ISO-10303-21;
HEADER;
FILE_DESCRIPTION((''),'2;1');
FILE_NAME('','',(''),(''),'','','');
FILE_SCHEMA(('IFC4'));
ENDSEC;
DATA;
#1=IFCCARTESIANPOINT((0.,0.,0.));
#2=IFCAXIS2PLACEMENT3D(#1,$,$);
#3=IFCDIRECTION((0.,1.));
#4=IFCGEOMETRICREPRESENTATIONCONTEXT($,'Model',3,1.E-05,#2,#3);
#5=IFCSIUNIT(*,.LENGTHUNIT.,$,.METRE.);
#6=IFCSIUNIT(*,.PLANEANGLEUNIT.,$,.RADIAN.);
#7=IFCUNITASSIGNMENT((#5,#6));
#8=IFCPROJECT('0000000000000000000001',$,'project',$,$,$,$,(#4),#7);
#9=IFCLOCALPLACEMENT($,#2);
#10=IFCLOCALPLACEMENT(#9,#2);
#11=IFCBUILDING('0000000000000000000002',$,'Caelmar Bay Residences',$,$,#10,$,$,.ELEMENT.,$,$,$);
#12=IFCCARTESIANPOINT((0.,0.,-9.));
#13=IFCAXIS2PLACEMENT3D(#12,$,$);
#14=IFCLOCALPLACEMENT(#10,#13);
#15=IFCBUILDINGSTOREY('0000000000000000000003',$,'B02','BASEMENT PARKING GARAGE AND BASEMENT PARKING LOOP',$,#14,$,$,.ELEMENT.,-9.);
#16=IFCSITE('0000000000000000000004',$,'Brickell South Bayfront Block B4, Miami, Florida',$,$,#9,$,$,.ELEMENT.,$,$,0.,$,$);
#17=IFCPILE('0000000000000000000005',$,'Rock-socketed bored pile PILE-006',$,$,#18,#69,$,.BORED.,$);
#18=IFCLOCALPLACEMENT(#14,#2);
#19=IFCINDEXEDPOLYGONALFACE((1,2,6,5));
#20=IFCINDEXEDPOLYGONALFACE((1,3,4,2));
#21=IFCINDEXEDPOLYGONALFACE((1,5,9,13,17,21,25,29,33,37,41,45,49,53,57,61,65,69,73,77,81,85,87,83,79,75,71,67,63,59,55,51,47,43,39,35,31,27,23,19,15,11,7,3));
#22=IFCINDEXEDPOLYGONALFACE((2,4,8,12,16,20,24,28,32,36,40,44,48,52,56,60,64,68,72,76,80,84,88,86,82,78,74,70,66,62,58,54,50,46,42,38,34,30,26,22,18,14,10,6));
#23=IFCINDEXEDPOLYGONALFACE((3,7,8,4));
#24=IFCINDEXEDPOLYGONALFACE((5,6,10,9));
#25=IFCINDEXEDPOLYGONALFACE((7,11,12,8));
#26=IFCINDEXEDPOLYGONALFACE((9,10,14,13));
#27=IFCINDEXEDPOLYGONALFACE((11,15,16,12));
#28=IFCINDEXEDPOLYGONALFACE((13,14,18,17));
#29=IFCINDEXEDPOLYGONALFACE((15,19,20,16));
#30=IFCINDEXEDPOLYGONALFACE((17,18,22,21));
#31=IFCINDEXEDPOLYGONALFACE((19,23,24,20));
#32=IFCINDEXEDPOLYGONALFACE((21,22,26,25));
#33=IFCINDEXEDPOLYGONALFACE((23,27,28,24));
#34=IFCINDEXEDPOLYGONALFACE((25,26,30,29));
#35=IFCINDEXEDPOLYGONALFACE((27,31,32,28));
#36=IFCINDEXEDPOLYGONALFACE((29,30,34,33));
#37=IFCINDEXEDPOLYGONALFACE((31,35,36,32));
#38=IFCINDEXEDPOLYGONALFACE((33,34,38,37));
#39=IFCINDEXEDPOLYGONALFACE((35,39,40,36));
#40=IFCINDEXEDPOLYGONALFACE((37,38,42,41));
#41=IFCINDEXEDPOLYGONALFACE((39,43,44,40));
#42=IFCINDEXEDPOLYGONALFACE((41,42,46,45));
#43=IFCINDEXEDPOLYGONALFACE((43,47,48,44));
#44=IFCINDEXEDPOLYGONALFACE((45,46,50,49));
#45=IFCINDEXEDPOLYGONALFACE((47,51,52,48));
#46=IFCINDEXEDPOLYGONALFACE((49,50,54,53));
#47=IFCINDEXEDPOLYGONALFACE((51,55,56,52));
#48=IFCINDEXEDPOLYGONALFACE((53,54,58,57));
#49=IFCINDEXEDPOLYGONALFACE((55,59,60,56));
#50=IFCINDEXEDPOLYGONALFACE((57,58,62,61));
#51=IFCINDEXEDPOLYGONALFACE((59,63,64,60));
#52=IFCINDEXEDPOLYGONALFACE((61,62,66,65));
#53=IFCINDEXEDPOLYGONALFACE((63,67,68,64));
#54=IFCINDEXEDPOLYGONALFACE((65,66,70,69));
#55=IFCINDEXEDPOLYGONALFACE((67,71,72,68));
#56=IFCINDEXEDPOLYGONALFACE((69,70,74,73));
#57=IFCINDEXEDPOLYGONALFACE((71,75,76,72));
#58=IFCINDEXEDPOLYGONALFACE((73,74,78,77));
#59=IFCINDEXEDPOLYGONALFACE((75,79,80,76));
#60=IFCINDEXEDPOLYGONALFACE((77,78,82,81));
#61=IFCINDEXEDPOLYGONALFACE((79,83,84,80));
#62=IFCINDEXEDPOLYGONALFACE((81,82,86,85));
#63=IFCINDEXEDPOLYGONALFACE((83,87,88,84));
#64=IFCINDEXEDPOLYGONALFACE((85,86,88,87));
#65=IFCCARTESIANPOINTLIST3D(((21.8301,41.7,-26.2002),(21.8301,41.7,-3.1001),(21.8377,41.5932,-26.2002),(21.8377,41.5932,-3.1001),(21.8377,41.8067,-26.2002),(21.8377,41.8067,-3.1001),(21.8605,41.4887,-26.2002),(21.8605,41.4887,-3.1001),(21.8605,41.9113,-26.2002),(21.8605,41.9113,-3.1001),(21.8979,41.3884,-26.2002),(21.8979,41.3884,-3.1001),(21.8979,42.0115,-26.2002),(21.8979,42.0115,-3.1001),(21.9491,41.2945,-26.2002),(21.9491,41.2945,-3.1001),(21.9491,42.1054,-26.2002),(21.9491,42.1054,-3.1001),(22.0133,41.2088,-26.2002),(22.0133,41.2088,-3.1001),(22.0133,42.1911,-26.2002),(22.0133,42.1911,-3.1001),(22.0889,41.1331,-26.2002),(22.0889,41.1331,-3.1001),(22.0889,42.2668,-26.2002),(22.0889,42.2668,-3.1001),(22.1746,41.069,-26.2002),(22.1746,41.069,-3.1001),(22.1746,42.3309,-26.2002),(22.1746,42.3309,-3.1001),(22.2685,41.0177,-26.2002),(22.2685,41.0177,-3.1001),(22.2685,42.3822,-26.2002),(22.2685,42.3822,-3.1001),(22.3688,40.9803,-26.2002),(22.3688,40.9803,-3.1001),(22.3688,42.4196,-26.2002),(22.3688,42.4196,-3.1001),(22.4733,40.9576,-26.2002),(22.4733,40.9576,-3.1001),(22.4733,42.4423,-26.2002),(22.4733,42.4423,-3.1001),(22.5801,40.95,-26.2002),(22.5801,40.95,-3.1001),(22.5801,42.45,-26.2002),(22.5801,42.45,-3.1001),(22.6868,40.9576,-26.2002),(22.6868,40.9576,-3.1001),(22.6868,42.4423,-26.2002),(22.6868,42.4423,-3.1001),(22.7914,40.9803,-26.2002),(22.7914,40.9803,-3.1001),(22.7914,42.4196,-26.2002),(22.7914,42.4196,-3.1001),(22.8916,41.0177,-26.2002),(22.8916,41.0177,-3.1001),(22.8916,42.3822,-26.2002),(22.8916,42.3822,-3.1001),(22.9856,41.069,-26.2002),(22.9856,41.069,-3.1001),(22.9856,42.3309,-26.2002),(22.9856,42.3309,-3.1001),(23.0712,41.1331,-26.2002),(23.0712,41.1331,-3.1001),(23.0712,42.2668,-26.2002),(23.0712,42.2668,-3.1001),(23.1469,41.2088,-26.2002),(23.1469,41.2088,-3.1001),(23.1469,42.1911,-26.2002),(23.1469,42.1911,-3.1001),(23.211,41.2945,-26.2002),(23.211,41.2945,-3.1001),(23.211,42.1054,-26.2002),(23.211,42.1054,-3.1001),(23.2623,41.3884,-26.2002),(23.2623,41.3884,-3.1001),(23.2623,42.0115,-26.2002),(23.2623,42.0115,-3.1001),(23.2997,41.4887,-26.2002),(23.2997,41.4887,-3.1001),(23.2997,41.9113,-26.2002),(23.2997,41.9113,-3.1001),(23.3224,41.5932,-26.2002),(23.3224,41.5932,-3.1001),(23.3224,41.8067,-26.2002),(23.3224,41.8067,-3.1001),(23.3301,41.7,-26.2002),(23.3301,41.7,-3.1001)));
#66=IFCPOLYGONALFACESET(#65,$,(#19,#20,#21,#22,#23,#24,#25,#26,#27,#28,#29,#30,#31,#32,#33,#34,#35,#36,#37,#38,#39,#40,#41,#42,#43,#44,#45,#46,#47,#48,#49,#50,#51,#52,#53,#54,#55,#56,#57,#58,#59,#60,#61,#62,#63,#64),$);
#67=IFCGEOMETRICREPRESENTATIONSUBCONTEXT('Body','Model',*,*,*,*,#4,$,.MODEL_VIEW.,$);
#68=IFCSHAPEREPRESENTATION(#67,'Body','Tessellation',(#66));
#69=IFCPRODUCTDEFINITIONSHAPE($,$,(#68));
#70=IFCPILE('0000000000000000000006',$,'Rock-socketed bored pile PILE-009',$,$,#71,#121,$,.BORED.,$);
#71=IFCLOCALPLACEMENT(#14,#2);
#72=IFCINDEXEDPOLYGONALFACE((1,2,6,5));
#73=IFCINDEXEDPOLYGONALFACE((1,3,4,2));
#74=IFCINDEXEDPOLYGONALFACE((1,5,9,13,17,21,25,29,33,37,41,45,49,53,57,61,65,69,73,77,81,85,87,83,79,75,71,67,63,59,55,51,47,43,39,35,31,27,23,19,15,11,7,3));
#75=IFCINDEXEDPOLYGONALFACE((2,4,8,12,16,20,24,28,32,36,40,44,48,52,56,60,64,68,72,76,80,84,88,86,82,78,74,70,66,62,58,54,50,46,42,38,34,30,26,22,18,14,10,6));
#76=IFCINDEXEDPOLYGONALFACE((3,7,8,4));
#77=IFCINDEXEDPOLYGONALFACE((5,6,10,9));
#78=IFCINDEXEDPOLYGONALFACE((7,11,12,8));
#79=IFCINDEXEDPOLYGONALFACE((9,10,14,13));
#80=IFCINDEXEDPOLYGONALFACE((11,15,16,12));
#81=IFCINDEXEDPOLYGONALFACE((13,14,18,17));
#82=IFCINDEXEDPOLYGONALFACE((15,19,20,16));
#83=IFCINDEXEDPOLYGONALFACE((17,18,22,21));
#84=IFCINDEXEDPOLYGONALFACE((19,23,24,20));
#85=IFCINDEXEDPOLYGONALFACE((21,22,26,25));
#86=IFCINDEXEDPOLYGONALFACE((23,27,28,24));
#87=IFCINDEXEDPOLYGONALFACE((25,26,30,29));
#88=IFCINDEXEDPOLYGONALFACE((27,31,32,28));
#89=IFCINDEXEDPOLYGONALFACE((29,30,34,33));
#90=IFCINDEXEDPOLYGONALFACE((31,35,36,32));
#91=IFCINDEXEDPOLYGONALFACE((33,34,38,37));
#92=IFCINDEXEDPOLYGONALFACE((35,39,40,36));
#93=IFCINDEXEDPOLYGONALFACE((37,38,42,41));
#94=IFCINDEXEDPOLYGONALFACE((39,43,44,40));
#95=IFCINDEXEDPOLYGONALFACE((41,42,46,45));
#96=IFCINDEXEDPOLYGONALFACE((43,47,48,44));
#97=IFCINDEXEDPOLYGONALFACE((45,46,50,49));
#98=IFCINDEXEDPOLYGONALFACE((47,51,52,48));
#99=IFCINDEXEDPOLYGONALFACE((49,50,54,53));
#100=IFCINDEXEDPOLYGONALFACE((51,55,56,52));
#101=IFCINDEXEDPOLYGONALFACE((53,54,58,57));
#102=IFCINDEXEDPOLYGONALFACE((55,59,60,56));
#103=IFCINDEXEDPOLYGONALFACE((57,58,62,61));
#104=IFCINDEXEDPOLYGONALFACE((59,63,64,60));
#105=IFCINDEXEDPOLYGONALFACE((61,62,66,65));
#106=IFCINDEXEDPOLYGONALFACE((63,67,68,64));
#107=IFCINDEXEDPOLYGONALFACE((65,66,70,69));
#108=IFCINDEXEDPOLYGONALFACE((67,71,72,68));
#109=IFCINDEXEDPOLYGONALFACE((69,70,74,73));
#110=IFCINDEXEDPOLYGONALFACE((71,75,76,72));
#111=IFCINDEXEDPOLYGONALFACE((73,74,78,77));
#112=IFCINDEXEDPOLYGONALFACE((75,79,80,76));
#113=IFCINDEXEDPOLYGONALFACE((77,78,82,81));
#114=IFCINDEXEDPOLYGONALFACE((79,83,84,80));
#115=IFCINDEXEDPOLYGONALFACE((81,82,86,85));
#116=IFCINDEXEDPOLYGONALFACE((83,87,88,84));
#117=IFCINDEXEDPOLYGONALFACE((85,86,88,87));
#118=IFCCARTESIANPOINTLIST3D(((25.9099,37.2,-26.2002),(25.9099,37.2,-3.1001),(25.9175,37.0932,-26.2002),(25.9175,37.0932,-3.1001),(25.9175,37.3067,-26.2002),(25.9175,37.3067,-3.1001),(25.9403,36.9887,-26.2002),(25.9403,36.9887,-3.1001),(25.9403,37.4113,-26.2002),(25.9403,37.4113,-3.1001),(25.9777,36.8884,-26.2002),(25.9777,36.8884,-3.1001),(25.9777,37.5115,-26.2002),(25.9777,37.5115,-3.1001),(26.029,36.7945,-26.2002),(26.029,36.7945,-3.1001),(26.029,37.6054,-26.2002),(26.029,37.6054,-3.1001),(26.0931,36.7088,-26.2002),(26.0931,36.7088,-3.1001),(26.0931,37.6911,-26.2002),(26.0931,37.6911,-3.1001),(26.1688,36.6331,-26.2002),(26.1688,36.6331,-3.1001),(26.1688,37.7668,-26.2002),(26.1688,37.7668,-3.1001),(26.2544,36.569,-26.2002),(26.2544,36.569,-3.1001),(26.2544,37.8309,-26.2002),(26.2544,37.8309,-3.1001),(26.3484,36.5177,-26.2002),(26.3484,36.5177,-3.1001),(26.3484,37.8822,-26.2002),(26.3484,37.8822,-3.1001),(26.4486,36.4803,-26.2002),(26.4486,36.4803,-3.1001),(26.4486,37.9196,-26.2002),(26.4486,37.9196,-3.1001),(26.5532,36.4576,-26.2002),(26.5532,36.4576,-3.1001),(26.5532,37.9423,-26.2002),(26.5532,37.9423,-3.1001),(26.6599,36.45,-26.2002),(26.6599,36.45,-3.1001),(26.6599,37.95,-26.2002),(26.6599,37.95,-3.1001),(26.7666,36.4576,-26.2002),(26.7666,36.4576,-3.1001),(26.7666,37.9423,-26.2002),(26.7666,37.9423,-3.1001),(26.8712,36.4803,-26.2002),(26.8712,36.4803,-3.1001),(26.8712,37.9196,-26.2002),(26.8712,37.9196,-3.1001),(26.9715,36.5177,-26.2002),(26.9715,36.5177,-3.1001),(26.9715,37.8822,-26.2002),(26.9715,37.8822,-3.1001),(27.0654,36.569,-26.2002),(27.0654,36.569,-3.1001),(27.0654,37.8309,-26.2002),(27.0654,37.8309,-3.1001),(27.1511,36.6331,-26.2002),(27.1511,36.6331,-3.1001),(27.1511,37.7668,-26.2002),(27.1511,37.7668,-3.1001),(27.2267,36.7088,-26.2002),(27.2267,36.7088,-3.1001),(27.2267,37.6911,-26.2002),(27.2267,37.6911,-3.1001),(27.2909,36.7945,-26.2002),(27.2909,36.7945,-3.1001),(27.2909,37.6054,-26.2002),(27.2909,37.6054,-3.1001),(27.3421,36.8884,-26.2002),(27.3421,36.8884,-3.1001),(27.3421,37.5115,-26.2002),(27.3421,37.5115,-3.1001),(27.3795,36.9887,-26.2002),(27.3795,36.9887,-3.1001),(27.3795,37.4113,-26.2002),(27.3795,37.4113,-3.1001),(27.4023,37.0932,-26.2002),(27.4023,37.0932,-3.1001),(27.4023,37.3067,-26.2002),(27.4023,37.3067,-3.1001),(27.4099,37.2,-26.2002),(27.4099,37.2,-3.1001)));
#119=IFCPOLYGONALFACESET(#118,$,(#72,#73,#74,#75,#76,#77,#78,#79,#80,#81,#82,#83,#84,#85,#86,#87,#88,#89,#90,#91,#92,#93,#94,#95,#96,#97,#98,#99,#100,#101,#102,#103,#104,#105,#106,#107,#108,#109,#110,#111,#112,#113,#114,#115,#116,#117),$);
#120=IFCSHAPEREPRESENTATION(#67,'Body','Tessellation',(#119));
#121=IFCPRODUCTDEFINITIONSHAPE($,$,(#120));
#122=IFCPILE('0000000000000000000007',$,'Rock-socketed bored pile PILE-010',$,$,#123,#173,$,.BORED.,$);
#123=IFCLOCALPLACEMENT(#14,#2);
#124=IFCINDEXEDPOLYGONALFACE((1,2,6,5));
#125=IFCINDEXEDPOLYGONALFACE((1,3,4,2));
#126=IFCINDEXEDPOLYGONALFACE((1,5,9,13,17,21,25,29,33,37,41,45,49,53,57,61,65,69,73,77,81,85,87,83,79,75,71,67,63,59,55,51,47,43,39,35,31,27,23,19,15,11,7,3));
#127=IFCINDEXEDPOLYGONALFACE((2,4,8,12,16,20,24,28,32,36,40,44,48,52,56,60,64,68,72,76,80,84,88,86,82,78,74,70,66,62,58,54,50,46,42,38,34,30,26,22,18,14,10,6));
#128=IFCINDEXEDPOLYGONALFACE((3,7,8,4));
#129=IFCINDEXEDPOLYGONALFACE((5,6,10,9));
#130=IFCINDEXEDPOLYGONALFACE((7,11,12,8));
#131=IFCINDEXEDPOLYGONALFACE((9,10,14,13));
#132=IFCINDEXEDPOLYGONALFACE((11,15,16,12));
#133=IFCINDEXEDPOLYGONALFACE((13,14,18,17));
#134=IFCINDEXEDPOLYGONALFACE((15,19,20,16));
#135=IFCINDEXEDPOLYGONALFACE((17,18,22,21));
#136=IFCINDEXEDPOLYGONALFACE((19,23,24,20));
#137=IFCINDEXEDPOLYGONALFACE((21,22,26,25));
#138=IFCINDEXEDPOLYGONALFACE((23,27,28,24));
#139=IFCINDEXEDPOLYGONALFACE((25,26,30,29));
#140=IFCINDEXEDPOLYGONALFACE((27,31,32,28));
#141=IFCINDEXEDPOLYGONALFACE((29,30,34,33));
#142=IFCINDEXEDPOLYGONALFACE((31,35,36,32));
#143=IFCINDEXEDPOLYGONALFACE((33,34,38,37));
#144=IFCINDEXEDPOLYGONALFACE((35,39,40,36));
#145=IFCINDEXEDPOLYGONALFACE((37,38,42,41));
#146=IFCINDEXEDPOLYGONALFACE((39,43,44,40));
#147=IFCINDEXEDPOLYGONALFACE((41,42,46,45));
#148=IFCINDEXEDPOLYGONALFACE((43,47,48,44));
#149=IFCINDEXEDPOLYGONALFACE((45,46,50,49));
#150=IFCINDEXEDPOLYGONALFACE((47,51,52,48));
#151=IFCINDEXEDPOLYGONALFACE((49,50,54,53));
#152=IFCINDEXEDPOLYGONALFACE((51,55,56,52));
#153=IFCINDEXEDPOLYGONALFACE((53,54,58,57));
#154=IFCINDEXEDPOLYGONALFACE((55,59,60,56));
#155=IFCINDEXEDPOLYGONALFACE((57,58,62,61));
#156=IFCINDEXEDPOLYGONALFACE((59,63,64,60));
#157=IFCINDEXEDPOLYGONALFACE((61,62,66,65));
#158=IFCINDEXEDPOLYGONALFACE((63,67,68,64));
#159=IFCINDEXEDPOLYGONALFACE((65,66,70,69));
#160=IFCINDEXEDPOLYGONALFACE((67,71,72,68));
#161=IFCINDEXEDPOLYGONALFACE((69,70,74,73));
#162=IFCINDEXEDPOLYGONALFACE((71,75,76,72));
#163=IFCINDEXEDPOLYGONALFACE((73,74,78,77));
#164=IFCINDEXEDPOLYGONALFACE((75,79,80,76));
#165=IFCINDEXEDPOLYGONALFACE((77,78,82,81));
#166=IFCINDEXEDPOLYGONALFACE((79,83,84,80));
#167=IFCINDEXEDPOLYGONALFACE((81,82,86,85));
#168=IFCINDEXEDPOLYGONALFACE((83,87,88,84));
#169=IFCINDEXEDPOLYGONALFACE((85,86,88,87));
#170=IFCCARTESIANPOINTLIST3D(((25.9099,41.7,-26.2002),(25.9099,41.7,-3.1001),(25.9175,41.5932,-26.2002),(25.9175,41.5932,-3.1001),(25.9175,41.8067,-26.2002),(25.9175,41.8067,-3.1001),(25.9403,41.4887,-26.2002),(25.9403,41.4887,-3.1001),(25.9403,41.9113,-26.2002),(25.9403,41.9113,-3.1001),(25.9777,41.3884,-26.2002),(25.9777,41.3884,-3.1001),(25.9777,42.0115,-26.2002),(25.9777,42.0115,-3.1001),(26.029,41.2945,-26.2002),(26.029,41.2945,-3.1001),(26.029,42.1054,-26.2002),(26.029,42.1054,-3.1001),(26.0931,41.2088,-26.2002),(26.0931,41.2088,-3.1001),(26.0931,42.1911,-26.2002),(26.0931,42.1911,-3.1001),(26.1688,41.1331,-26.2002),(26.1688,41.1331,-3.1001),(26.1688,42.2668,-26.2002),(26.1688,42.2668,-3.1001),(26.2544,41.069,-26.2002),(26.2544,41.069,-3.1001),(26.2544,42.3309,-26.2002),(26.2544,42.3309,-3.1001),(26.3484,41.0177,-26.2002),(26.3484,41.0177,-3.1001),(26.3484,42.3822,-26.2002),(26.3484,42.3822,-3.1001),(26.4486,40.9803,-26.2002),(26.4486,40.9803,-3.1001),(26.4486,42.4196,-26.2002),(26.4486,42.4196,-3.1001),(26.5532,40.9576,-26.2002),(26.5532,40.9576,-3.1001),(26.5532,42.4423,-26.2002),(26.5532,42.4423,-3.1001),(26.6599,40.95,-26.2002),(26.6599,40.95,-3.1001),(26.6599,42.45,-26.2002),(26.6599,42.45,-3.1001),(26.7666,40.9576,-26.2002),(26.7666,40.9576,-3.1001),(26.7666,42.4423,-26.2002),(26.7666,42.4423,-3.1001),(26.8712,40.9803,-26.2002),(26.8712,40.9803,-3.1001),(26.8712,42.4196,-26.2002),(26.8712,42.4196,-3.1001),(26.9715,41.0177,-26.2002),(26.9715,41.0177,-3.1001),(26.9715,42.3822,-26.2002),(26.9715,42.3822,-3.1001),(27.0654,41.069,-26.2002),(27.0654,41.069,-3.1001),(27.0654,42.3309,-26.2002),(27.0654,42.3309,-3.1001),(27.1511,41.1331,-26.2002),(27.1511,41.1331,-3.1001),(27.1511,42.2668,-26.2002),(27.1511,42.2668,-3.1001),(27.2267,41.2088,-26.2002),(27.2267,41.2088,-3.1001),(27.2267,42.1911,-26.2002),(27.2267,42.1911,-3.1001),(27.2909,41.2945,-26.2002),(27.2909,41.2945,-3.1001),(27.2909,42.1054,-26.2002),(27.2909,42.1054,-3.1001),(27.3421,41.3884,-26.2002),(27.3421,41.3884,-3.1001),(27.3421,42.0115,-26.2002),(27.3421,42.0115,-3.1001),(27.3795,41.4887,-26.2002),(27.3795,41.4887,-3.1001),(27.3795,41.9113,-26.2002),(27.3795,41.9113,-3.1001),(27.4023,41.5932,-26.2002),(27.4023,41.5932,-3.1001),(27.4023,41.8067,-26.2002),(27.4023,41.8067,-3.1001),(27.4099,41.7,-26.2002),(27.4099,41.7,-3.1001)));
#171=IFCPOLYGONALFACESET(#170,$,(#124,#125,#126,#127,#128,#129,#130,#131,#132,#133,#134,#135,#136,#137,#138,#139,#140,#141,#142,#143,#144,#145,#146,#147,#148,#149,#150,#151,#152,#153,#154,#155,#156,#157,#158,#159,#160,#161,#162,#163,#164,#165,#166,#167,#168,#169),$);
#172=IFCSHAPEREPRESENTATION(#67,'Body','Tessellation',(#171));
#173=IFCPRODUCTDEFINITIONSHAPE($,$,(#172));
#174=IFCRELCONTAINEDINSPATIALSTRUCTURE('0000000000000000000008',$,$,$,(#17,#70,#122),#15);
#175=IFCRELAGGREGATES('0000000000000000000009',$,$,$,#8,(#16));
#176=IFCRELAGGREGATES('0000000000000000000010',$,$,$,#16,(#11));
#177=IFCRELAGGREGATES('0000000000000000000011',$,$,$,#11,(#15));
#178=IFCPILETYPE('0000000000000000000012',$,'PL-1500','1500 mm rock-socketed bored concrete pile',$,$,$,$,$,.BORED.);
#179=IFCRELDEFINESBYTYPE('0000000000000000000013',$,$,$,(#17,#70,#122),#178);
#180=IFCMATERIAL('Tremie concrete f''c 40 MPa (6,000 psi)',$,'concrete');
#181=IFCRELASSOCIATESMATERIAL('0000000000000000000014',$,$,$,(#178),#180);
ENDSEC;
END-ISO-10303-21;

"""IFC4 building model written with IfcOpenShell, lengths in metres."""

from ifc_helpers import new_model, si_unit, direction, frame, origin, origin_2d, place, context, subcontext, project, spatial, circle, extrude, material, material_profile, profile_set, type_object, element, save


model = new_model("IFC4")

# Units and contexts
model_context = context("Model", 3, precision=1e-05, world=origin(), true_north=direction((0.0, 1.0)))
body_context = subcontext(model_context, "Body", "Model", "MODEL_VIEW")
ifc_project = project(units=[si_unit("LENGTHUNIT", "METRE"), si_unit("PLANEANGLEUNIT", "RADIAN")], contexts=[model_context])

# Site, building, storey
site_placement = place(None, origin())
site = spatial("IfcSite", under=ifc_project, at=site_placement, Name="Brickell South Bayfront Block B4, Miami, Florida", CompositionType="ELEMENT", RefElevation=0.0)
building_placement = place(site_placement, origin())
building = spatial("IfcBuilding", under=site, at=building_placement, Name="Caelmar Bay Residences", CompositionType="ELEMENT")
storey_placement = place(building_placement, frame((0.0, 0.0, -9.0)))
storey = spatial("IfcBuildingStorey", under=building, at=storey_placement, Name="B02", Description="BASEMENT PARKING GARAGE AND BASEMENT PARKING LOOP", CompositionType="ELEMENT", Elevation=-9.0)

# Piles
ifc_material_1 = material(Name="Tremie concrete f'c 40 MPa (6,000 psi)", Category="concrete")
ifc_material_profile_1 = material_profile(ifc_material_1, circle(Radius=0.75, at=origin_2d()), Name="PILE-1500D")
ifc_profile_set_1 = profile_set([ifc_material_profile_1], Name="Tremie concrete f'c 40 MPa (6,000 psi)")
pile_type_1 = type_object("IfcPileType", Name="PL-1500", Description="1500 mm rock-socketed bored concrete pile", PredefinedType="BORED", material=ifc_profile_set_1)
for number, where, z_axis, x_axis, name in (
    (1, (22.5801, 41.7, -3.1001), (0.0, 0.0, -1.0), (1.0, 0.0, 0.0), "Rock-socketed bored pile PILE-006"),
    (2, (26.6599, 37.2, -3.1001), (0.0, 0.0, -1.0), (1.0, 0.0, 0.0), "Rock-socketed bored pile PILE-009"),
    (3, (26.6599, 41.7, -3.1001), (0.0, 0.0, -1.0), (1.0, 0.0, 0.0), "Rock-socketed bored pile PILE-010"),
):
    element("IfcPile", number, at=place(storey_placement, frame(where, z_axis=z_axis, x_axis=x_axis)), inside=storey, type_object=pile_type_1, Name=name, PredefinedType="BORED", context=body_context, shape_type="SweptSolid", body=[
        extrude(circle(Radius=0.75, at=origin_2d()), origin(), (0.0, 0.0, 1.0), 23.1001),
    ])

save(model, "model.ifc")
